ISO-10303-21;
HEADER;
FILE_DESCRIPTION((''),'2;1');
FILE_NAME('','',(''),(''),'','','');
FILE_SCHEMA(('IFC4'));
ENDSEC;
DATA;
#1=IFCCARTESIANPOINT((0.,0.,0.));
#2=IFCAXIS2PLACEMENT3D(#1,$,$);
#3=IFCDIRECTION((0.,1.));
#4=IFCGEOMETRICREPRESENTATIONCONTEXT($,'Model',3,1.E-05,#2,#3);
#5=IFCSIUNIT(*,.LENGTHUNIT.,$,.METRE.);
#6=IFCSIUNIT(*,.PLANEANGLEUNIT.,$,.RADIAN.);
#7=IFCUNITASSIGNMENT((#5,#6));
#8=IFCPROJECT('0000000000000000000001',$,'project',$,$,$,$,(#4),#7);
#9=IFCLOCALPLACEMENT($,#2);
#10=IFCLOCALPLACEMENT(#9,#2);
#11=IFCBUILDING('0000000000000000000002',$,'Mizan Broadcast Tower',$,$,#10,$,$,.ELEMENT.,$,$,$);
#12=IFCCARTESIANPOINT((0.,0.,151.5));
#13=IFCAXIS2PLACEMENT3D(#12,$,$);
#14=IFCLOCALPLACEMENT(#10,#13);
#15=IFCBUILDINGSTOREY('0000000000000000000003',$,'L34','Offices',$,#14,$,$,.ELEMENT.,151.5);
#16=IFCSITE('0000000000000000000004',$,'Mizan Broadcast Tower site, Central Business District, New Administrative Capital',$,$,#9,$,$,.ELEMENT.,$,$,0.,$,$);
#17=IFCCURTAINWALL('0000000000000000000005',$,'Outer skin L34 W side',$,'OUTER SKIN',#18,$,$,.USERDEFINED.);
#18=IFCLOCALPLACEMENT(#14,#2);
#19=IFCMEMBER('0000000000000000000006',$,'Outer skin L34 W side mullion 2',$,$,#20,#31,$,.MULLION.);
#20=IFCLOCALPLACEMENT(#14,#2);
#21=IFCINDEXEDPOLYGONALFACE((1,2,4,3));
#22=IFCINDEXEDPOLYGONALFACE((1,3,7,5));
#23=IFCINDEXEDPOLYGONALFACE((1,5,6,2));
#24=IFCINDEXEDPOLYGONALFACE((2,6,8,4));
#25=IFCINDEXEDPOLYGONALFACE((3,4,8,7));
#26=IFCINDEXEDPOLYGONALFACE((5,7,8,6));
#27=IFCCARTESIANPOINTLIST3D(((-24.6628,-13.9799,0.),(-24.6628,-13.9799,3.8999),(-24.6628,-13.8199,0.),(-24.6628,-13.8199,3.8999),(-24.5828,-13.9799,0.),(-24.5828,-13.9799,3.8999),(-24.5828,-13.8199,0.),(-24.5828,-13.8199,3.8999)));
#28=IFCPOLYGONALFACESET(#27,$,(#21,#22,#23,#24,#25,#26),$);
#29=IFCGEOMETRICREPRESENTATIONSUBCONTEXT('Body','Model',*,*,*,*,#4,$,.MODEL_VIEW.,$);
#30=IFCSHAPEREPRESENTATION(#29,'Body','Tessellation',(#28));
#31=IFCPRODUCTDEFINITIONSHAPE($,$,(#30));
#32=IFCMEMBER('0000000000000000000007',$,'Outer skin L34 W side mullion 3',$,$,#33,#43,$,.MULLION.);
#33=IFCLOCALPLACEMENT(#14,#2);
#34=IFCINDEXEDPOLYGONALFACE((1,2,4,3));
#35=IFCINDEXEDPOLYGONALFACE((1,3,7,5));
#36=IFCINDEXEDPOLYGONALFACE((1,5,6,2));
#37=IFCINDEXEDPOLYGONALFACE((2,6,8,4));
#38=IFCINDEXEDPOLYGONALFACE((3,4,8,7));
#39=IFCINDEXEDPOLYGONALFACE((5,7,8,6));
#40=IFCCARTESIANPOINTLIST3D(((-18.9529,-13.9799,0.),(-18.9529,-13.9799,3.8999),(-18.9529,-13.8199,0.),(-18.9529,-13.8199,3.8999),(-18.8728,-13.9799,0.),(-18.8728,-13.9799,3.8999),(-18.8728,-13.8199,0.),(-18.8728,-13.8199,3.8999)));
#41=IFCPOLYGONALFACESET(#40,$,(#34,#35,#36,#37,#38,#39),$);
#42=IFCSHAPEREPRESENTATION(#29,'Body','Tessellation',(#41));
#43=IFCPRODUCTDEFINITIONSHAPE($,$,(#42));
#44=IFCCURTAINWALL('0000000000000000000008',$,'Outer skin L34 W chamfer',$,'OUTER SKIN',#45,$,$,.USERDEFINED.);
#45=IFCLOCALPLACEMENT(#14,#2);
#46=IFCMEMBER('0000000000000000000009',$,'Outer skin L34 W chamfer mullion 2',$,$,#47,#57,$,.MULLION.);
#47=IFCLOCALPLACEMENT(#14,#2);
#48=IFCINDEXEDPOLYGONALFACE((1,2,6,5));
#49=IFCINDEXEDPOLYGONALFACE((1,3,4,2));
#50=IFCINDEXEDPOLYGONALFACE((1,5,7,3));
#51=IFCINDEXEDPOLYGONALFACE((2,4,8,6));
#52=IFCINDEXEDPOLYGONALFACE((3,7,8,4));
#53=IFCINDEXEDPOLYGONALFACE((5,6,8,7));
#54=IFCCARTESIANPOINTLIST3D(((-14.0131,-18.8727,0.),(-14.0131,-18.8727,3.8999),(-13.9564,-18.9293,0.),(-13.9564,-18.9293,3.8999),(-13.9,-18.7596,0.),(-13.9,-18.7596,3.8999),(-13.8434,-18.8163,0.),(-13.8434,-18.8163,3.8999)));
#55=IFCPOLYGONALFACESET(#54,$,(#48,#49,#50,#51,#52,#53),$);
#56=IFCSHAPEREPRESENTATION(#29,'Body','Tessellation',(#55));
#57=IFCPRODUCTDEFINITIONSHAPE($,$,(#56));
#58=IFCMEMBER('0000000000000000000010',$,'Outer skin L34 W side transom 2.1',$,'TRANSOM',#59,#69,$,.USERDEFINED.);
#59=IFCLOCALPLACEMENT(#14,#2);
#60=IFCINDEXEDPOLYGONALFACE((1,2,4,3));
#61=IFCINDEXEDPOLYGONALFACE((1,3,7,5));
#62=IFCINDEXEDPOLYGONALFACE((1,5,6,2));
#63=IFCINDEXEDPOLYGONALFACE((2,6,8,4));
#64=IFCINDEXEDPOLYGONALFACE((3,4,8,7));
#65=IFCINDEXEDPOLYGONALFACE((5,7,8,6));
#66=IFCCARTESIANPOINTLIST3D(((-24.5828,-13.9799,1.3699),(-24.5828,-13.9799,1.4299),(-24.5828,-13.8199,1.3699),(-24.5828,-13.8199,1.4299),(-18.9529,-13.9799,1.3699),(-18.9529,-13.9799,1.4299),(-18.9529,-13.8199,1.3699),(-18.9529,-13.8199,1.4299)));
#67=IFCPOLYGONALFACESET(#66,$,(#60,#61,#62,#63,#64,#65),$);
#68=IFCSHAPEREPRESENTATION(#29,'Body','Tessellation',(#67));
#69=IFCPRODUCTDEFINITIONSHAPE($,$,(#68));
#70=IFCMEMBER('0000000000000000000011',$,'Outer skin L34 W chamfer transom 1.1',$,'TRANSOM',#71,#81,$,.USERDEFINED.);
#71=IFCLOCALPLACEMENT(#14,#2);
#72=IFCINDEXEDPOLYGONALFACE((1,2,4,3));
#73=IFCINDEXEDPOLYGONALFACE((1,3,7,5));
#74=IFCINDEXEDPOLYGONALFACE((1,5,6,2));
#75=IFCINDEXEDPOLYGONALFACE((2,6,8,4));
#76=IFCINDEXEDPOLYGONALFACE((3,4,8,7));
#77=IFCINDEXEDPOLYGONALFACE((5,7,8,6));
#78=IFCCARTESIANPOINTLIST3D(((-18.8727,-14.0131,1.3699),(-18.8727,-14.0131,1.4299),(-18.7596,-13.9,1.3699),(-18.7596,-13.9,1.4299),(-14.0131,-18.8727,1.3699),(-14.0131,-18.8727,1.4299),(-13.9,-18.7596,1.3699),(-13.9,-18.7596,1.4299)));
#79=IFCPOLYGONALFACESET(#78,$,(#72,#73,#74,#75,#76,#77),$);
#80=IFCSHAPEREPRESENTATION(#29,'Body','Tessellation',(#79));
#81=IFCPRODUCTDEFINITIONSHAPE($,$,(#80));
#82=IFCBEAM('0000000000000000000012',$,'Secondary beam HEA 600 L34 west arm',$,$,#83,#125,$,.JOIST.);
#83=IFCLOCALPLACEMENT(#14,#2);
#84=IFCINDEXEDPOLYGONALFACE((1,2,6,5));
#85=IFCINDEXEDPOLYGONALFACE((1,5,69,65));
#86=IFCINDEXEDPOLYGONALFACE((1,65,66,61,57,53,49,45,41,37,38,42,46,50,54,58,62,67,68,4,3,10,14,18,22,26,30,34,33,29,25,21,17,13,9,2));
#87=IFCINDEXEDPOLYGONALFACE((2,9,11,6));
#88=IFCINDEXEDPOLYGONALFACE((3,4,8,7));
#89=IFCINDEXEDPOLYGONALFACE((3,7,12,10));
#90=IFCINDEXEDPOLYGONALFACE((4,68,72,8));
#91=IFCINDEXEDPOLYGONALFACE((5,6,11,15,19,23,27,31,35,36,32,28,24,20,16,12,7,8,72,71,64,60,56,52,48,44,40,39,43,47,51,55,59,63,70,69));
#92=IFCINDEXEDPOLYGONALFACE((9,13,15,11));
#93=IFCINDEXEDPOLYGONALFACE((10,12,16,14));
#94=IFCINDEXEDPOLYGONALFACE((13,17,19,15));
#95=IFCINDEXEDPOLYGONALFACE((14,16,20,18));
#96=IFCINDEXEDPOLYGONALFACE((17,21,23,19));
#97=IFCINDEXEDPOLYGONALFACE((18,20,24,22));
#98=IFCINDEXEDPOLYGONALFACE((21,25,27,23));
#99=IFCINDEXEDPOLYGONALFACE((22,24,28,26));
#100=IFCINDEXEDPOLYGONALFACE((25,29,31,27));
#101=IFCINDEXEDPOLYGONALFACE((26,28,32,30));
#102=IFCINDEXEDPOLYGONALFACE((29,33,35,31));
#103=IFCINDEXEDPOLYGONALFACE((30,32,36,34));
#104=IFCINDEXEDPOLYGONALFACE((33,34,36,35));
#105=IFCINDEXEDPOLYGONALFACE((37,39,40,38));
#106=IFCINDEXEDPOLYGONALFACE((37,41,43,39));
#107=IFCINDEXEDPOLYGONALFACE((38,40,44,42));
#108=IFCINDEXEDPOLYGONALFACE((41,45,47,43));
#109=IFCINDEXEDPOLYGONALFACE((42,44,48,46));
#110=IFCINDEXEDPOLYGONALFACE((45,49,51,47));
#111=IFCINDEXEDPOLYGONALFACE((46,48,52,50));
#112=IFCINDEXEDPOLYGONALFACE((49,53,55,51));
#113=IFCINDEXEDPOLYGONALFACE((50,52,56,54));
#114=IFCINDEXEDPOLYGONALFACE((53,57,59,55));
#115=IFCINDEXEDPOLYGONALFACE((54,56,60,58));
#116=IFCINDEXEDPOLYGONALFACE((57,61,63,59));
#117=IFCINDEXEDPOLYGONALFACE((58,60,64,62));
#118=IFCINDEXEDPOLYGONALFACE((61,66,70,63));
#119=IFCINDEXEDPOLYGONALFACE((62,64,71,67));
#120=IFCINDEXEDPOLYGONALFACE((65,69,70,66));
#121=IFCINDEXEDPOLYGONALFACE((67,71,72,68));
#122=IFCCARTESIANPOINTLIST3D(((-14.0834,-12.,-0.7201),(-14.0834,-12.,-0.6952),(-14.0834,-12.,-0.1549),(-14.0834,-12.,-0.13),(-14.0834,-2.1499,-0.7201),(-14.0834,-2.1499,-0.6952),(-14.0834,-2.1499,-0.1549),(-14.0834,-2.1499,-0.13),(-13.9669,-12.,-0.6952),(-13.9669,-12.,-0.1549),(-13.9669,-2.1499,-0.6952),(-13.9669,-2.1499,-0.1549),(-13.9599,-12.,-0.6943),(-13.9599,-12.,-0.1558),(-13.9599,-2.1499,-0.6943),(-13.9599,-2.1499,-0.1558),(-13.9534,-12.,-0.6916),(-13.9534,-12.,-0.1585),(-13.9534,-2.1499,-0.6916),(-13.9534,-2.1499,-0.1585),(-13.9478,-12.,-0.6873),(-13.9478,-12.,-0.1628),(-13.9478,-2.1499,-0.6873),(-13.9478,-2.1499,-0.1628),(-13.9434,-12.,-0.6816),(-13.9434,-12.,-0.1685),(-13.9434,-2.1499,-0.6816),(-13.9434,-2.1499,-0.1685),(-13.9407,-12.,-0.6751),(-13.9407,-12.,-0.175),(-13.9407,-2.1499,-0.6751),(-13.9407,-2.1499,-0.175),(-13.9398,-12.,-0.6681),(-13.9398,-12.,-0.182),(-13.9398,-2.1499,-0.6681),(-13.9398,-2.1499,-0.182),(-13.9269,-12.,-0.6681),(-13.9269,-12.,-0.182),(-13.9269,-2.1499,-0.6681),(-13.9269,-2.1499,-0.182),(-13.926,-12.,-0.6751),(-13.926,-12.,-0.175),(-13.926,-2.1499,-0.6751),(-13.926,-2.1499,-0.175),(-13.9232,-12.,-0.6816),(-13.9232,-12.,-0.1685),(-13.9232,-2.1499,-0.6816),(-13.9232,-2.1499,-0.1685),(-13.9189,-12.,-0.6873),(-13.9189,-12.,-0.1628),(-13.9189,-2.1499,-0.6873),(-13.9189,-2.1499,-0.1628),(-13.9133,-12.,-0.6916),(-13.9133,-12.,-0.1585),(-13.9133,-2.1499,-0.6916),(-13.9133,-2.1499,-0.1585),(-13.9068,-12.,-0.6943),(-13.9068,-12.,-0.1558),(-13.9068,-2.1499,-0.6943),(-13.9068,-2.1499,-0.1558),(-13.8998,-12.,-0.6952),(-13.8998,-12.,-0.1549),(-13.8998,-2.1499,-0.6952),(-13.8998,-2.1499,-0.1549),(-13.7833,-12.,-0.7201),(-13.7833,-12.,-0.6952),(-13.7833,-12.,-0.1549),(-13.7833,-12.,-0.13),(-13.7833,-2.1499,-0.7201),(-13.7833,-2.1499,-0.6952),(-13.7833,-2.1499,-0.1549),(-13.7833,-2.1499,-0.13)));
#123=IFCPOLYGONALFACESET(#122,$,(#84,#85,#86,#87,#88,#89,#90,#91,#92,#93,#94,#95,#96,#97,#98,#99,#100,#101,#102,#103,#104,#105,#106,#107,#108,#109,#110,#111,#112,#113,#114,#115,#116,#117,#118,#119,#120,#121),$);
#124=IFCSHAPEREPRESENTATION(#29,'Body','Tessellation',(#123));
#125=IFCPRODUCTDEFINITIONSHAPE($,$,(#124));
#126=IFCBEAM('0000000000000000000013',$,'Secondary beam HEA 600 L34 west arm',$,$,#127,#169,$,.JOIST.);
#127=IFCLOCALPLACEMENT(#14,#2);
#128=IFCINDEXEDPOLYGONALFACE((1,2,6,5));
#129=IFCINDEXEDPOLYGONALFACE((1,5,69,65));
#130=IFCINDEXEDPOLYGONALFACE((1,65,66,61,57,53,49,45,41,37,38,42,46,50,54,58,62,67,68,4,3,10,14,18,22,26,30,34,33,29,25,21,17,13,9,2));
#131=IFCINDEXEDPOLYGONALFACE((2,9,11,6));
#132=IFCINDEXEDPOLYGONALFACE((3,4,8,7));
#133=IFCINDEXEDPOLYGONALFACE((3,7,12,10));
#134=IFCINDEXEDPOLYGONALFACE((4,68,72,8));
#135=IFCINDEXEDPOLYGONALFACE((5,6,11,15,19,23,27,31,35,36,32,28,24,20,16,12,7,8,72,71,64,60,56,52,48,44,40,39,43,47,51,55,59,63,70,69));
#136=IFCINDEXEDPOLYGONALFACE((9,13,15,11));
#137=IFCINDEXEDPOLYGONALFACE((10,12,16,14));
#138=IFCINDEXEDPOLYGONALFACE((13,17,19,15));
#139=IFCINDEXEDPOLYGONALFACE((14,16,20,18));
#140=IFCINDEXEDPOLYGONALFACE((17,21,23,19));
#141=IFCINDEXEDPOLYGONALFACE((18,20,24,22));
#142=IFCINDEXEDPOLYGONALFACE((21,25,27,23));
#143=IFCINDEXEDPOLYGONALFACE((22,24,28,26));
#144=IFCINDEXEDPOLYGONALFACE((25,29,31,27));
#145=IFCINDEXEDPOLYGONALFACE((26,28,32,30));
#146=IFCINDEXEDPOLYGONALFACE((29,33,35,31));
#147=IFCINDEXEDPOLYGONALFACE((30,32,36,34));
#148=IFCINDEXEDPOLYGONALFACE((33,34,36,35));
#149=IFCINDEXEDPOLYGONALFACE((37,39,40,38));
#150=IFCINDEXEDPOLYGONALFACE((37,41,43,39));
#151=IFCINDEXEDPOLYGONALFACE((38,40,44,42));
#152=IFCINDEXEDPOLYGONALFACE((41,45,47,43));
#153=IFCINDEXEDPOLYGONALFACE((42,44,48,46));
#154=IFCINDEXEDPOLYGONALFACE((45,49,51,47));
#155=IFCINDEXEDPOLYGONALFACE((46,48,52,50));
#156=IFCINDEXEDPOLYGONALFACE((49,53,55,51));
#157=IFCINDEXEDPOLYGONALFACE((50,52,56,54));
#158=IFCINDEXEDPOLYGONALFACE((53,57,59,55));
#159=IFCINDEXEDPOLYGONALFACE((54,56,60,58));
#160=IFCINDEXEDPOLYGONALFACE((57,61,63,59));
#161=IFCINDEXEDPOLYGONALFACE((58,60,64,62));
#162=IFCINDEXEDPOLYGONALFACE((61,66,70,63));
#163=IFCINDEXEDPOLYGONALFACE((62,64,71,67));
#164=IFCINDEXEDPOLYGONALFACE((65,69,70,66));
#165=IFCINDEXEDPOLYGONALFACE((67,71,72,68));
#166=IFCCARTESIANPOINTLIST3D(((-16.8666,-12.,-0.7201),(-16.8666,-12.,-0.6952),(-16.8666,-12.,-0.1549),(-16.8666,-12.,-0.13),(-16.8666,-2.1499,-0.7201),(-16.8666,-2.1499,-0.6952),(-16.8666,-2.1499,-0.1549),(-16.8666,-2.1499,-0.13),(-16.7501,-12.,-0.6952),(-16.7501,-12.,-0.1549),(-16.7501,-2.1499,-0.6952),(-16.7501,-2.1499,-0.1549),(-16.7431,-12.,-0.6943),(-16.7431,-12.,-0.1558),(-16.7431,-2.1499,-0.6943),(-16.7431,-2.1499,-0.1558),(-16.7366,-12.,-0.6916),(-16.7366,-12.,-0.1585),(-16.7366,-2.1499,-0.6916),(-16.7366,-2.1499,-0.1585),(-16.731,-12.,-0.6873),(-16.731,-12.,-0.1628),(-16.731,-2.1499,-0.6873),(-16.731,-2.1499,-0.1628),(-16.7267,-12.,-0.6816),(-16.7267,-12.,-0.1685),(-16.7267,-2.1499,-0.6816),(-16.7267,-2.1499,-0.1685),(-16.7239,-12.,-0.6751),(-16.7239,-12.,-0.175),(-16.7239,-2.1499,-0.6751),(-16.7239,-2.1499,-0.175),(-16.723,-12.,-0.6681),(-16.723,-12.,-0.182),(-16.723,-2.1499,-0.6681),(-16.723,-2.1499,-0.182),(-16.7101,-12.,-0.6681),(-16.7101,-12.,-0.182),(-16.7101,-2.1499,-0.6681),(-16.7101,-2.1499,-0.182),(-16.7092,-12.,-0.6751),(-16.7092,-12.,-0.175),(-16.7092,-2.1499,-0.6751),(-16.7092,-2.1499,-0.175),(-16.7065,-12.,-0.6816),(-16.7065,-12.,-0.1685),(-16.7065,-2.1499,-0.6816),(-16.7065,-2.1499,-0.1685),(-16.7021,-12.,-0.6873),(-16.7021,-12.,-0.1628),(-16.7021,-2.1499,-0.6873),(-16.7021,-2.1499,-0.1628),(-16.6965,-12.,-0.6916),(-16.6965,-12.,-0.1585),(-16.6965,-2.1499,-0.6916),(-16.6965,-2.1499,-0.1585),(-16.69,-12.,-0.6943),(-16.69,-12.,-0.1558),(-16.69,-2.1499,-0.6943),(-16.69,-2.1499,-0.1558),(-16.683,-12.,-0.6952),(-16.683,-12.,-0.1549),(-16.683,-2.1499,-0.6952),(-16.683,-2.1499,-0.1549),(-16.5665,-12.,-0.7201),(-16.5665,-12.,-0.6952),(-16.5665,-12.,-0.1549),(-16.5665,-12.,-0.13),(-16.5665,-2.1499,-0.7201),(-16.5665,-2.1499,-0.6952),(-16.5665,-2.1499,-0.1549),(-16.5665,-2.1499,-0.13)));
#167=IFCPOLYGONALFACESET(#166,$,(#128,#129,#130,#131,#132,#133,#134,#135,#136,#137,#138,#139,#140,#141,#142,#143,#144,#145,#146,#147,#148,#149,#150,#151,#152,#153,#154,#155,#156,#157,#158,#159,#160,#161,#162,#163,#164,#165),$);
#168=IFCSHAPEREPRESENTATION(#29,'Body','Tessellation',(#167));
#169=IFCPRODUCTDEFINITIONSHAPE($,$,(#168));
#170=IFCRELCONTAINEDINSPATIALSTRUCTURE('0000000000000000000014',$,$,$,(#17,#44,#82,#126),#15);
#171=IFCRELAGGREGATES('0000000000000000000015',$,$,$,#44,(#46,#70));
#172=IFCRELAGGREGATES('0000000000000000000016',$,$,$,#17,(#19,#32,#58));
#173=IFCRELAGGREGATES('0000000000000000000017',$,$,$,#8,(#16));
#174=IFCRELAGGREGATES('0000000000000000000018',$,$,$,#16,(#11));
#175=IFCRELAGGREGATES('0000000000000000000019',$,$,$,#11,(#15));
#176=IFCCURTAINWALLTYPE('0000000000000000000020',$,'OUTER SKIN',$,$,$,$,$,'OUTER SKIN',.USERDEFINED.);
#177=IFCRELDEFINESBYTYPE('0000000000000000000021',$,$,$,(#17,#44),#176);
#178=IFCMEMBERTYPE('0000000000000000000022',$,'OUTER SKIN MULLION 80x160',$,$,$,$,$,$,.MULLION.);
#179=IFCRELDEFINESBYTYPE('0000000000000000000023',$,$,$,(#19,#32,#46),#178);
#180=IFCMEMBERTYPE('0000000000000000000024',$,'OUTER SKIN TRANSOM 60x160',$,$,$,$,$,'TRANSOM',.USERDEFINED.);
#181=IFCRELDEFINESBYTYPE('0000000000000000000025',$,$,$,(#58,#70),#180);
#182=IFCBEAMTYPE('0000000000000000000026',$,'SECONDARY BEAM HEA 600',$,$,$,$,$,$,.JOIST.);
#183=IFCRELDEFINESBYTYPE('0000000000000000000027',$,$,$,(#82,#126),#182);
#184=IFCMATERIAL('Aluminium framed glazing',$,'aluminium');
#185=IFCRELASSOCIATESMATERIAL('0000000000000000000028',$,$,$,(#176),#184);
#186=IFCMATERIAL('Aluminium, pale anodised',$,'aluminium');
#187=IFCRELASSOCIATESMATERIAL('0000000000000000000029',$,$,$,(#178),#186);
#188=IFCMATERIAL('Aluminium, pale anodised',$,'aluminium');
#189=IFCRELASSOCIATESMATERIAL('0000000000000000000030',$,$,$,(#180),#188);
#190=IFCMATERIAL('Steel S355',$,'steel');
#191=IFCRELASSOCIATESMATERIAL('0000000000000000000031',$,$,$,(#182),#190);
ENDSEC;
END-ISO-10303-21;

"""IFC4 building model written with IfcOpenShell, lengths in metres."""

from ifc_helpers import new_model, si_unit, direction, frame, origin, origin_2d, place, context, subcontext, project, spatial, rectangle, i_section, extrude, material, material_profile, profile_set, type_object, element, aggregate, save


model = new_model("IFC4")

# Units and contexts
model_context = context("Model", 3, precision=1e-05, world=origin(), true_north=direction((0.0, 1.0)))
body_context = subcontext(model_context, "Body", "Model", "MODEL_VIEW")
ifc_project = project(units=[si_unit("LENGTHUNIT", "METRE"), si_unit("PLANEANGLEUNIT", "RADIAN")], contexts=[model_context])

# Site, building, storey
site_placement = place(None, origin())
site = spatial("IfcSite", under=ifc_project, at=site_placement, Name="Mizan Broadcast Tower site, Central Business District, New Administrative Capital", CompositionType="ELEMENT", RefElevation=0.0)
building_placement = place(site_placement, origin())
building = spatial("IfcBuilding", under=site, at=building_placement, Name="Mizan Broadcast Tower", CompositionType="ELEMENT")
storey_placement = place(building_placement, frame((0.0, 0.0, 151.5)))
storey = spatial("IfcBuildingStorey", under=building, at=storey_placement, Name="L34", Description="Offices", CompositionType="ELEMENT", Elevation=151.5)

# Curtain wall, members
ifc_material_1 = material(Name="Aluminium framed glazing", Category="aluminium")
curtain_wall_type_1 = type_object("IfcCurtainWallType", Name="OUTER SKIN", ElementType="OUTER SKIN", PredefinedType="USERDEFINED", material=ifc_material_1)
curtain_wall_1_placement = place(storey_placement, origin())
curtain_wall_1 = element("IfcCurtainWall", 1, at=curtain_wall_1_placement, inside=storey, type_object=curtain_wall_type_1, Name="Outer skin L34 W side", ObjectType="OUTER SKIN", PredefinedType="USERDEFINED")
ifc_material_2 = material(Name="Aluminium, pale anodised", Category="aluminium")
ifc_material_profile_1 = material_profile(ifc_material_2, rectangle(XDim=0.1599, YDim=0.0801, at=origin_2d()), Name="MULLION 160x80")
ifc_profile_set_1 = profile_set([ifc_material_profile_1], Name="Aluminium, pale anodised")
member_type_1 = type_object("IfcMemberType", Name="OUTER SKIN MULLION 80x160", PredefinedType="MULLION", material=ifc_profile_set_1)
member_1_placement = place(storey_placement, frame((-24.6228, -13.8999, 0.0), z_axis=(0.0, 0.0, 1.0), x_axis=(0.0, 1.0, 0.0)))
member_1 = element("IfcMember", 2, at=member_1_placement, type_object=member_type_1, Name="Outer skin L34 W side mullion 2", PredefinedType="MULLION", context=body_context, shape_type="SweptSolid", body=[
    extrude(rectangle(XDim=0.1599, YDim=0.0801, at=origin_2d()), origin(), (0.0, 0.0, 1.0), 3.8999),
])
member_2_placement = place(storey_placement, frame((-18.9128, -13.8999, 0.0), z_axis=(0.0, 0.0, 1.0), x_axis=(0.0, 1.0, 0.0)))
member_2 = element("IfcMember", 3, at=member_2_placement, type_object=member_type_1, Name="Outer skin L34 W side mullion 3", PredefinedType="MULLION", context=body_context, shape_type="SweptSolid", body=[
    extrude(rectangle(XDim=0.1599, YDim=0.0801, at=origin_2d()), origin(), (0.0, 0.0, 1.0), 3.8999),
])

# Curtain wall, member
curtain_wall_2_placement = place(storey_placement, origin())
curtain_wall_2 = element("IfcCurtainWall", 4, at=curtain_wall_2_placement, inside=storey, type_object=curtain_wall_type_1, Name="Outer skin L34 W chamfer", ObjectType="OUTER SKIN", PredefinedType="USERDEFINED")
member_3_placement = place(storey_placement, frame((-13.9282, -18.8445, 0.0), z_axis=(0.0, 0.0, 1.0), x_axis=(0.707107, 0.707107, 0.0)))
member_3 = element("IfcMember", 5, at=member_3_placement, type_object=member_type_1, Name="Outer skin L34 W chamfer mullion 2", PredefinedType="MULLION", context=body_context, shape_type="SweptSolid", body=[
    extrude(rectangle(XDim=0.1599, YDim=0.0801, at=origin_2d()), origin(), (0.0, 0.0, 1.0), 3.8999),
])

# Members
ifc_material_3 = material(Name="Aluminium, pale anodised", Category="aluminium")
ifc_material_profile_2 = material_profile(ifc_material_3, rectangle(XDim=0.1599, YDim=0.0601, at=origin_2d()), Name="TRANSOM 160x60")
ifc_profile_set_2 = profile_set([ifc_material_profile_2], Name="Aluminium, pale anodised")
member_type_2 = type_object("IfcMemberType", Name="OUTER SKIN TRANSOM 60x160", ElementType="TRANSOM", PredefinedType="USERDEFINED", material=ifc_profile_set_2)
member_4_placement = place(storey_placement, frame((-24.5828, -13.8999, 1.3999), z_axis=(1.0, 0.0, 0.0), x_axis=(0.0, 1.0, 0.0)))
member_4 = element("IfcMember", 6, at=member_4_placement, type_object=member_type_2, Name="Outer skin L34 W side transom 2.1", ObjectType="TRANSOM", PredefinedType="USERDEFINED", context=body_context, shape_type="SweptSolid", body=[
    extrude(rectangle(XDim=0.1599, YDim=0.0601, at=origin_2d()), origin(), (0.0, 0.0, 1.0), 5.6299),
])
member_5_placement = place(storey_placement, frame((-18.8162, -13.9565, 1.3999), z_axis=(0.707107, -0.707107, 0.0), x_axis=(0.707107, 0.707107, 0.0)))
member_5 = element("IfcMember", 7, at=member_5_placement, type_object=member_type_2, Name="Outer skin L34 W chamfer transom 1.1", ObjectType="TRANSOM", PredefinedType="USERDEFINED", context=body_context, shape_type="SweptSolid", body=[
    extrude(rectangle(XDim=0.1599, YDim=0.0601, at=origin_2d()), origin(), (0.0, 0.0, 1.0), 6.8726),
])

# Beams
ifc_material_4 = material(Name="Steel S355", Category="steel")
ifc_material_profile_3 = material_profile(ifc_material_4, i_section(OverallWidth=0.3, OverallDepth=0.5901, WebThickness=0.0129, FlangeThickness=0.0249, FilletRadius=0.0271, at=origin_2d()), Name="HEA 600")
ifc_profile_set_3 = profile_set([ifc_material_profile_3], Name="Steel S355")
beam_type_1 = type_object("IfcBeamType", Name="SECONDARY BEAM HEA 600", PredefinedType="JOIST", material=ifc_profile_set_3)
for number, where, z_axis, x_axis, name in (
    (8, (-13.9333, -12.0, -0.425), (0.0, 1.0, 0.0), (-1.0, 0.0, 0.0), "Secondary beam HEA 600 L34 west arm"),
    (9, (-16.7166, -12.0, -0.425), (0.0, 1.0, 0.0), (-1.0, 0.0, 0.0), "Secondary beam HEA 600 L34 west arm"),
):
    element("IfcBeam", number, at=place(storey_placement, frame(where, z_axis=z_axis, x_axis=x_axis)), inside=storey, type_object=beam_type_1, Name=name, PredefinedType="JOIST", context=body_context, shape_type="SweptSolid", body=[
        extrude(i_section(OverallWidth=0.3, OverallDepth=0.5901, WebThickness=0.0129, FlangeThickness=0.0249, FilletRadius=0.0271, at=origin_2d()), origin(), (0.0, 0.0, 1.0), 9.8501),
    ])

aggregate(curtain_wall_2, [member_3, member_5])
aggregate(curtain_wall_1, [member_1, member_2, member_4])

save(model, "model.ifc")
